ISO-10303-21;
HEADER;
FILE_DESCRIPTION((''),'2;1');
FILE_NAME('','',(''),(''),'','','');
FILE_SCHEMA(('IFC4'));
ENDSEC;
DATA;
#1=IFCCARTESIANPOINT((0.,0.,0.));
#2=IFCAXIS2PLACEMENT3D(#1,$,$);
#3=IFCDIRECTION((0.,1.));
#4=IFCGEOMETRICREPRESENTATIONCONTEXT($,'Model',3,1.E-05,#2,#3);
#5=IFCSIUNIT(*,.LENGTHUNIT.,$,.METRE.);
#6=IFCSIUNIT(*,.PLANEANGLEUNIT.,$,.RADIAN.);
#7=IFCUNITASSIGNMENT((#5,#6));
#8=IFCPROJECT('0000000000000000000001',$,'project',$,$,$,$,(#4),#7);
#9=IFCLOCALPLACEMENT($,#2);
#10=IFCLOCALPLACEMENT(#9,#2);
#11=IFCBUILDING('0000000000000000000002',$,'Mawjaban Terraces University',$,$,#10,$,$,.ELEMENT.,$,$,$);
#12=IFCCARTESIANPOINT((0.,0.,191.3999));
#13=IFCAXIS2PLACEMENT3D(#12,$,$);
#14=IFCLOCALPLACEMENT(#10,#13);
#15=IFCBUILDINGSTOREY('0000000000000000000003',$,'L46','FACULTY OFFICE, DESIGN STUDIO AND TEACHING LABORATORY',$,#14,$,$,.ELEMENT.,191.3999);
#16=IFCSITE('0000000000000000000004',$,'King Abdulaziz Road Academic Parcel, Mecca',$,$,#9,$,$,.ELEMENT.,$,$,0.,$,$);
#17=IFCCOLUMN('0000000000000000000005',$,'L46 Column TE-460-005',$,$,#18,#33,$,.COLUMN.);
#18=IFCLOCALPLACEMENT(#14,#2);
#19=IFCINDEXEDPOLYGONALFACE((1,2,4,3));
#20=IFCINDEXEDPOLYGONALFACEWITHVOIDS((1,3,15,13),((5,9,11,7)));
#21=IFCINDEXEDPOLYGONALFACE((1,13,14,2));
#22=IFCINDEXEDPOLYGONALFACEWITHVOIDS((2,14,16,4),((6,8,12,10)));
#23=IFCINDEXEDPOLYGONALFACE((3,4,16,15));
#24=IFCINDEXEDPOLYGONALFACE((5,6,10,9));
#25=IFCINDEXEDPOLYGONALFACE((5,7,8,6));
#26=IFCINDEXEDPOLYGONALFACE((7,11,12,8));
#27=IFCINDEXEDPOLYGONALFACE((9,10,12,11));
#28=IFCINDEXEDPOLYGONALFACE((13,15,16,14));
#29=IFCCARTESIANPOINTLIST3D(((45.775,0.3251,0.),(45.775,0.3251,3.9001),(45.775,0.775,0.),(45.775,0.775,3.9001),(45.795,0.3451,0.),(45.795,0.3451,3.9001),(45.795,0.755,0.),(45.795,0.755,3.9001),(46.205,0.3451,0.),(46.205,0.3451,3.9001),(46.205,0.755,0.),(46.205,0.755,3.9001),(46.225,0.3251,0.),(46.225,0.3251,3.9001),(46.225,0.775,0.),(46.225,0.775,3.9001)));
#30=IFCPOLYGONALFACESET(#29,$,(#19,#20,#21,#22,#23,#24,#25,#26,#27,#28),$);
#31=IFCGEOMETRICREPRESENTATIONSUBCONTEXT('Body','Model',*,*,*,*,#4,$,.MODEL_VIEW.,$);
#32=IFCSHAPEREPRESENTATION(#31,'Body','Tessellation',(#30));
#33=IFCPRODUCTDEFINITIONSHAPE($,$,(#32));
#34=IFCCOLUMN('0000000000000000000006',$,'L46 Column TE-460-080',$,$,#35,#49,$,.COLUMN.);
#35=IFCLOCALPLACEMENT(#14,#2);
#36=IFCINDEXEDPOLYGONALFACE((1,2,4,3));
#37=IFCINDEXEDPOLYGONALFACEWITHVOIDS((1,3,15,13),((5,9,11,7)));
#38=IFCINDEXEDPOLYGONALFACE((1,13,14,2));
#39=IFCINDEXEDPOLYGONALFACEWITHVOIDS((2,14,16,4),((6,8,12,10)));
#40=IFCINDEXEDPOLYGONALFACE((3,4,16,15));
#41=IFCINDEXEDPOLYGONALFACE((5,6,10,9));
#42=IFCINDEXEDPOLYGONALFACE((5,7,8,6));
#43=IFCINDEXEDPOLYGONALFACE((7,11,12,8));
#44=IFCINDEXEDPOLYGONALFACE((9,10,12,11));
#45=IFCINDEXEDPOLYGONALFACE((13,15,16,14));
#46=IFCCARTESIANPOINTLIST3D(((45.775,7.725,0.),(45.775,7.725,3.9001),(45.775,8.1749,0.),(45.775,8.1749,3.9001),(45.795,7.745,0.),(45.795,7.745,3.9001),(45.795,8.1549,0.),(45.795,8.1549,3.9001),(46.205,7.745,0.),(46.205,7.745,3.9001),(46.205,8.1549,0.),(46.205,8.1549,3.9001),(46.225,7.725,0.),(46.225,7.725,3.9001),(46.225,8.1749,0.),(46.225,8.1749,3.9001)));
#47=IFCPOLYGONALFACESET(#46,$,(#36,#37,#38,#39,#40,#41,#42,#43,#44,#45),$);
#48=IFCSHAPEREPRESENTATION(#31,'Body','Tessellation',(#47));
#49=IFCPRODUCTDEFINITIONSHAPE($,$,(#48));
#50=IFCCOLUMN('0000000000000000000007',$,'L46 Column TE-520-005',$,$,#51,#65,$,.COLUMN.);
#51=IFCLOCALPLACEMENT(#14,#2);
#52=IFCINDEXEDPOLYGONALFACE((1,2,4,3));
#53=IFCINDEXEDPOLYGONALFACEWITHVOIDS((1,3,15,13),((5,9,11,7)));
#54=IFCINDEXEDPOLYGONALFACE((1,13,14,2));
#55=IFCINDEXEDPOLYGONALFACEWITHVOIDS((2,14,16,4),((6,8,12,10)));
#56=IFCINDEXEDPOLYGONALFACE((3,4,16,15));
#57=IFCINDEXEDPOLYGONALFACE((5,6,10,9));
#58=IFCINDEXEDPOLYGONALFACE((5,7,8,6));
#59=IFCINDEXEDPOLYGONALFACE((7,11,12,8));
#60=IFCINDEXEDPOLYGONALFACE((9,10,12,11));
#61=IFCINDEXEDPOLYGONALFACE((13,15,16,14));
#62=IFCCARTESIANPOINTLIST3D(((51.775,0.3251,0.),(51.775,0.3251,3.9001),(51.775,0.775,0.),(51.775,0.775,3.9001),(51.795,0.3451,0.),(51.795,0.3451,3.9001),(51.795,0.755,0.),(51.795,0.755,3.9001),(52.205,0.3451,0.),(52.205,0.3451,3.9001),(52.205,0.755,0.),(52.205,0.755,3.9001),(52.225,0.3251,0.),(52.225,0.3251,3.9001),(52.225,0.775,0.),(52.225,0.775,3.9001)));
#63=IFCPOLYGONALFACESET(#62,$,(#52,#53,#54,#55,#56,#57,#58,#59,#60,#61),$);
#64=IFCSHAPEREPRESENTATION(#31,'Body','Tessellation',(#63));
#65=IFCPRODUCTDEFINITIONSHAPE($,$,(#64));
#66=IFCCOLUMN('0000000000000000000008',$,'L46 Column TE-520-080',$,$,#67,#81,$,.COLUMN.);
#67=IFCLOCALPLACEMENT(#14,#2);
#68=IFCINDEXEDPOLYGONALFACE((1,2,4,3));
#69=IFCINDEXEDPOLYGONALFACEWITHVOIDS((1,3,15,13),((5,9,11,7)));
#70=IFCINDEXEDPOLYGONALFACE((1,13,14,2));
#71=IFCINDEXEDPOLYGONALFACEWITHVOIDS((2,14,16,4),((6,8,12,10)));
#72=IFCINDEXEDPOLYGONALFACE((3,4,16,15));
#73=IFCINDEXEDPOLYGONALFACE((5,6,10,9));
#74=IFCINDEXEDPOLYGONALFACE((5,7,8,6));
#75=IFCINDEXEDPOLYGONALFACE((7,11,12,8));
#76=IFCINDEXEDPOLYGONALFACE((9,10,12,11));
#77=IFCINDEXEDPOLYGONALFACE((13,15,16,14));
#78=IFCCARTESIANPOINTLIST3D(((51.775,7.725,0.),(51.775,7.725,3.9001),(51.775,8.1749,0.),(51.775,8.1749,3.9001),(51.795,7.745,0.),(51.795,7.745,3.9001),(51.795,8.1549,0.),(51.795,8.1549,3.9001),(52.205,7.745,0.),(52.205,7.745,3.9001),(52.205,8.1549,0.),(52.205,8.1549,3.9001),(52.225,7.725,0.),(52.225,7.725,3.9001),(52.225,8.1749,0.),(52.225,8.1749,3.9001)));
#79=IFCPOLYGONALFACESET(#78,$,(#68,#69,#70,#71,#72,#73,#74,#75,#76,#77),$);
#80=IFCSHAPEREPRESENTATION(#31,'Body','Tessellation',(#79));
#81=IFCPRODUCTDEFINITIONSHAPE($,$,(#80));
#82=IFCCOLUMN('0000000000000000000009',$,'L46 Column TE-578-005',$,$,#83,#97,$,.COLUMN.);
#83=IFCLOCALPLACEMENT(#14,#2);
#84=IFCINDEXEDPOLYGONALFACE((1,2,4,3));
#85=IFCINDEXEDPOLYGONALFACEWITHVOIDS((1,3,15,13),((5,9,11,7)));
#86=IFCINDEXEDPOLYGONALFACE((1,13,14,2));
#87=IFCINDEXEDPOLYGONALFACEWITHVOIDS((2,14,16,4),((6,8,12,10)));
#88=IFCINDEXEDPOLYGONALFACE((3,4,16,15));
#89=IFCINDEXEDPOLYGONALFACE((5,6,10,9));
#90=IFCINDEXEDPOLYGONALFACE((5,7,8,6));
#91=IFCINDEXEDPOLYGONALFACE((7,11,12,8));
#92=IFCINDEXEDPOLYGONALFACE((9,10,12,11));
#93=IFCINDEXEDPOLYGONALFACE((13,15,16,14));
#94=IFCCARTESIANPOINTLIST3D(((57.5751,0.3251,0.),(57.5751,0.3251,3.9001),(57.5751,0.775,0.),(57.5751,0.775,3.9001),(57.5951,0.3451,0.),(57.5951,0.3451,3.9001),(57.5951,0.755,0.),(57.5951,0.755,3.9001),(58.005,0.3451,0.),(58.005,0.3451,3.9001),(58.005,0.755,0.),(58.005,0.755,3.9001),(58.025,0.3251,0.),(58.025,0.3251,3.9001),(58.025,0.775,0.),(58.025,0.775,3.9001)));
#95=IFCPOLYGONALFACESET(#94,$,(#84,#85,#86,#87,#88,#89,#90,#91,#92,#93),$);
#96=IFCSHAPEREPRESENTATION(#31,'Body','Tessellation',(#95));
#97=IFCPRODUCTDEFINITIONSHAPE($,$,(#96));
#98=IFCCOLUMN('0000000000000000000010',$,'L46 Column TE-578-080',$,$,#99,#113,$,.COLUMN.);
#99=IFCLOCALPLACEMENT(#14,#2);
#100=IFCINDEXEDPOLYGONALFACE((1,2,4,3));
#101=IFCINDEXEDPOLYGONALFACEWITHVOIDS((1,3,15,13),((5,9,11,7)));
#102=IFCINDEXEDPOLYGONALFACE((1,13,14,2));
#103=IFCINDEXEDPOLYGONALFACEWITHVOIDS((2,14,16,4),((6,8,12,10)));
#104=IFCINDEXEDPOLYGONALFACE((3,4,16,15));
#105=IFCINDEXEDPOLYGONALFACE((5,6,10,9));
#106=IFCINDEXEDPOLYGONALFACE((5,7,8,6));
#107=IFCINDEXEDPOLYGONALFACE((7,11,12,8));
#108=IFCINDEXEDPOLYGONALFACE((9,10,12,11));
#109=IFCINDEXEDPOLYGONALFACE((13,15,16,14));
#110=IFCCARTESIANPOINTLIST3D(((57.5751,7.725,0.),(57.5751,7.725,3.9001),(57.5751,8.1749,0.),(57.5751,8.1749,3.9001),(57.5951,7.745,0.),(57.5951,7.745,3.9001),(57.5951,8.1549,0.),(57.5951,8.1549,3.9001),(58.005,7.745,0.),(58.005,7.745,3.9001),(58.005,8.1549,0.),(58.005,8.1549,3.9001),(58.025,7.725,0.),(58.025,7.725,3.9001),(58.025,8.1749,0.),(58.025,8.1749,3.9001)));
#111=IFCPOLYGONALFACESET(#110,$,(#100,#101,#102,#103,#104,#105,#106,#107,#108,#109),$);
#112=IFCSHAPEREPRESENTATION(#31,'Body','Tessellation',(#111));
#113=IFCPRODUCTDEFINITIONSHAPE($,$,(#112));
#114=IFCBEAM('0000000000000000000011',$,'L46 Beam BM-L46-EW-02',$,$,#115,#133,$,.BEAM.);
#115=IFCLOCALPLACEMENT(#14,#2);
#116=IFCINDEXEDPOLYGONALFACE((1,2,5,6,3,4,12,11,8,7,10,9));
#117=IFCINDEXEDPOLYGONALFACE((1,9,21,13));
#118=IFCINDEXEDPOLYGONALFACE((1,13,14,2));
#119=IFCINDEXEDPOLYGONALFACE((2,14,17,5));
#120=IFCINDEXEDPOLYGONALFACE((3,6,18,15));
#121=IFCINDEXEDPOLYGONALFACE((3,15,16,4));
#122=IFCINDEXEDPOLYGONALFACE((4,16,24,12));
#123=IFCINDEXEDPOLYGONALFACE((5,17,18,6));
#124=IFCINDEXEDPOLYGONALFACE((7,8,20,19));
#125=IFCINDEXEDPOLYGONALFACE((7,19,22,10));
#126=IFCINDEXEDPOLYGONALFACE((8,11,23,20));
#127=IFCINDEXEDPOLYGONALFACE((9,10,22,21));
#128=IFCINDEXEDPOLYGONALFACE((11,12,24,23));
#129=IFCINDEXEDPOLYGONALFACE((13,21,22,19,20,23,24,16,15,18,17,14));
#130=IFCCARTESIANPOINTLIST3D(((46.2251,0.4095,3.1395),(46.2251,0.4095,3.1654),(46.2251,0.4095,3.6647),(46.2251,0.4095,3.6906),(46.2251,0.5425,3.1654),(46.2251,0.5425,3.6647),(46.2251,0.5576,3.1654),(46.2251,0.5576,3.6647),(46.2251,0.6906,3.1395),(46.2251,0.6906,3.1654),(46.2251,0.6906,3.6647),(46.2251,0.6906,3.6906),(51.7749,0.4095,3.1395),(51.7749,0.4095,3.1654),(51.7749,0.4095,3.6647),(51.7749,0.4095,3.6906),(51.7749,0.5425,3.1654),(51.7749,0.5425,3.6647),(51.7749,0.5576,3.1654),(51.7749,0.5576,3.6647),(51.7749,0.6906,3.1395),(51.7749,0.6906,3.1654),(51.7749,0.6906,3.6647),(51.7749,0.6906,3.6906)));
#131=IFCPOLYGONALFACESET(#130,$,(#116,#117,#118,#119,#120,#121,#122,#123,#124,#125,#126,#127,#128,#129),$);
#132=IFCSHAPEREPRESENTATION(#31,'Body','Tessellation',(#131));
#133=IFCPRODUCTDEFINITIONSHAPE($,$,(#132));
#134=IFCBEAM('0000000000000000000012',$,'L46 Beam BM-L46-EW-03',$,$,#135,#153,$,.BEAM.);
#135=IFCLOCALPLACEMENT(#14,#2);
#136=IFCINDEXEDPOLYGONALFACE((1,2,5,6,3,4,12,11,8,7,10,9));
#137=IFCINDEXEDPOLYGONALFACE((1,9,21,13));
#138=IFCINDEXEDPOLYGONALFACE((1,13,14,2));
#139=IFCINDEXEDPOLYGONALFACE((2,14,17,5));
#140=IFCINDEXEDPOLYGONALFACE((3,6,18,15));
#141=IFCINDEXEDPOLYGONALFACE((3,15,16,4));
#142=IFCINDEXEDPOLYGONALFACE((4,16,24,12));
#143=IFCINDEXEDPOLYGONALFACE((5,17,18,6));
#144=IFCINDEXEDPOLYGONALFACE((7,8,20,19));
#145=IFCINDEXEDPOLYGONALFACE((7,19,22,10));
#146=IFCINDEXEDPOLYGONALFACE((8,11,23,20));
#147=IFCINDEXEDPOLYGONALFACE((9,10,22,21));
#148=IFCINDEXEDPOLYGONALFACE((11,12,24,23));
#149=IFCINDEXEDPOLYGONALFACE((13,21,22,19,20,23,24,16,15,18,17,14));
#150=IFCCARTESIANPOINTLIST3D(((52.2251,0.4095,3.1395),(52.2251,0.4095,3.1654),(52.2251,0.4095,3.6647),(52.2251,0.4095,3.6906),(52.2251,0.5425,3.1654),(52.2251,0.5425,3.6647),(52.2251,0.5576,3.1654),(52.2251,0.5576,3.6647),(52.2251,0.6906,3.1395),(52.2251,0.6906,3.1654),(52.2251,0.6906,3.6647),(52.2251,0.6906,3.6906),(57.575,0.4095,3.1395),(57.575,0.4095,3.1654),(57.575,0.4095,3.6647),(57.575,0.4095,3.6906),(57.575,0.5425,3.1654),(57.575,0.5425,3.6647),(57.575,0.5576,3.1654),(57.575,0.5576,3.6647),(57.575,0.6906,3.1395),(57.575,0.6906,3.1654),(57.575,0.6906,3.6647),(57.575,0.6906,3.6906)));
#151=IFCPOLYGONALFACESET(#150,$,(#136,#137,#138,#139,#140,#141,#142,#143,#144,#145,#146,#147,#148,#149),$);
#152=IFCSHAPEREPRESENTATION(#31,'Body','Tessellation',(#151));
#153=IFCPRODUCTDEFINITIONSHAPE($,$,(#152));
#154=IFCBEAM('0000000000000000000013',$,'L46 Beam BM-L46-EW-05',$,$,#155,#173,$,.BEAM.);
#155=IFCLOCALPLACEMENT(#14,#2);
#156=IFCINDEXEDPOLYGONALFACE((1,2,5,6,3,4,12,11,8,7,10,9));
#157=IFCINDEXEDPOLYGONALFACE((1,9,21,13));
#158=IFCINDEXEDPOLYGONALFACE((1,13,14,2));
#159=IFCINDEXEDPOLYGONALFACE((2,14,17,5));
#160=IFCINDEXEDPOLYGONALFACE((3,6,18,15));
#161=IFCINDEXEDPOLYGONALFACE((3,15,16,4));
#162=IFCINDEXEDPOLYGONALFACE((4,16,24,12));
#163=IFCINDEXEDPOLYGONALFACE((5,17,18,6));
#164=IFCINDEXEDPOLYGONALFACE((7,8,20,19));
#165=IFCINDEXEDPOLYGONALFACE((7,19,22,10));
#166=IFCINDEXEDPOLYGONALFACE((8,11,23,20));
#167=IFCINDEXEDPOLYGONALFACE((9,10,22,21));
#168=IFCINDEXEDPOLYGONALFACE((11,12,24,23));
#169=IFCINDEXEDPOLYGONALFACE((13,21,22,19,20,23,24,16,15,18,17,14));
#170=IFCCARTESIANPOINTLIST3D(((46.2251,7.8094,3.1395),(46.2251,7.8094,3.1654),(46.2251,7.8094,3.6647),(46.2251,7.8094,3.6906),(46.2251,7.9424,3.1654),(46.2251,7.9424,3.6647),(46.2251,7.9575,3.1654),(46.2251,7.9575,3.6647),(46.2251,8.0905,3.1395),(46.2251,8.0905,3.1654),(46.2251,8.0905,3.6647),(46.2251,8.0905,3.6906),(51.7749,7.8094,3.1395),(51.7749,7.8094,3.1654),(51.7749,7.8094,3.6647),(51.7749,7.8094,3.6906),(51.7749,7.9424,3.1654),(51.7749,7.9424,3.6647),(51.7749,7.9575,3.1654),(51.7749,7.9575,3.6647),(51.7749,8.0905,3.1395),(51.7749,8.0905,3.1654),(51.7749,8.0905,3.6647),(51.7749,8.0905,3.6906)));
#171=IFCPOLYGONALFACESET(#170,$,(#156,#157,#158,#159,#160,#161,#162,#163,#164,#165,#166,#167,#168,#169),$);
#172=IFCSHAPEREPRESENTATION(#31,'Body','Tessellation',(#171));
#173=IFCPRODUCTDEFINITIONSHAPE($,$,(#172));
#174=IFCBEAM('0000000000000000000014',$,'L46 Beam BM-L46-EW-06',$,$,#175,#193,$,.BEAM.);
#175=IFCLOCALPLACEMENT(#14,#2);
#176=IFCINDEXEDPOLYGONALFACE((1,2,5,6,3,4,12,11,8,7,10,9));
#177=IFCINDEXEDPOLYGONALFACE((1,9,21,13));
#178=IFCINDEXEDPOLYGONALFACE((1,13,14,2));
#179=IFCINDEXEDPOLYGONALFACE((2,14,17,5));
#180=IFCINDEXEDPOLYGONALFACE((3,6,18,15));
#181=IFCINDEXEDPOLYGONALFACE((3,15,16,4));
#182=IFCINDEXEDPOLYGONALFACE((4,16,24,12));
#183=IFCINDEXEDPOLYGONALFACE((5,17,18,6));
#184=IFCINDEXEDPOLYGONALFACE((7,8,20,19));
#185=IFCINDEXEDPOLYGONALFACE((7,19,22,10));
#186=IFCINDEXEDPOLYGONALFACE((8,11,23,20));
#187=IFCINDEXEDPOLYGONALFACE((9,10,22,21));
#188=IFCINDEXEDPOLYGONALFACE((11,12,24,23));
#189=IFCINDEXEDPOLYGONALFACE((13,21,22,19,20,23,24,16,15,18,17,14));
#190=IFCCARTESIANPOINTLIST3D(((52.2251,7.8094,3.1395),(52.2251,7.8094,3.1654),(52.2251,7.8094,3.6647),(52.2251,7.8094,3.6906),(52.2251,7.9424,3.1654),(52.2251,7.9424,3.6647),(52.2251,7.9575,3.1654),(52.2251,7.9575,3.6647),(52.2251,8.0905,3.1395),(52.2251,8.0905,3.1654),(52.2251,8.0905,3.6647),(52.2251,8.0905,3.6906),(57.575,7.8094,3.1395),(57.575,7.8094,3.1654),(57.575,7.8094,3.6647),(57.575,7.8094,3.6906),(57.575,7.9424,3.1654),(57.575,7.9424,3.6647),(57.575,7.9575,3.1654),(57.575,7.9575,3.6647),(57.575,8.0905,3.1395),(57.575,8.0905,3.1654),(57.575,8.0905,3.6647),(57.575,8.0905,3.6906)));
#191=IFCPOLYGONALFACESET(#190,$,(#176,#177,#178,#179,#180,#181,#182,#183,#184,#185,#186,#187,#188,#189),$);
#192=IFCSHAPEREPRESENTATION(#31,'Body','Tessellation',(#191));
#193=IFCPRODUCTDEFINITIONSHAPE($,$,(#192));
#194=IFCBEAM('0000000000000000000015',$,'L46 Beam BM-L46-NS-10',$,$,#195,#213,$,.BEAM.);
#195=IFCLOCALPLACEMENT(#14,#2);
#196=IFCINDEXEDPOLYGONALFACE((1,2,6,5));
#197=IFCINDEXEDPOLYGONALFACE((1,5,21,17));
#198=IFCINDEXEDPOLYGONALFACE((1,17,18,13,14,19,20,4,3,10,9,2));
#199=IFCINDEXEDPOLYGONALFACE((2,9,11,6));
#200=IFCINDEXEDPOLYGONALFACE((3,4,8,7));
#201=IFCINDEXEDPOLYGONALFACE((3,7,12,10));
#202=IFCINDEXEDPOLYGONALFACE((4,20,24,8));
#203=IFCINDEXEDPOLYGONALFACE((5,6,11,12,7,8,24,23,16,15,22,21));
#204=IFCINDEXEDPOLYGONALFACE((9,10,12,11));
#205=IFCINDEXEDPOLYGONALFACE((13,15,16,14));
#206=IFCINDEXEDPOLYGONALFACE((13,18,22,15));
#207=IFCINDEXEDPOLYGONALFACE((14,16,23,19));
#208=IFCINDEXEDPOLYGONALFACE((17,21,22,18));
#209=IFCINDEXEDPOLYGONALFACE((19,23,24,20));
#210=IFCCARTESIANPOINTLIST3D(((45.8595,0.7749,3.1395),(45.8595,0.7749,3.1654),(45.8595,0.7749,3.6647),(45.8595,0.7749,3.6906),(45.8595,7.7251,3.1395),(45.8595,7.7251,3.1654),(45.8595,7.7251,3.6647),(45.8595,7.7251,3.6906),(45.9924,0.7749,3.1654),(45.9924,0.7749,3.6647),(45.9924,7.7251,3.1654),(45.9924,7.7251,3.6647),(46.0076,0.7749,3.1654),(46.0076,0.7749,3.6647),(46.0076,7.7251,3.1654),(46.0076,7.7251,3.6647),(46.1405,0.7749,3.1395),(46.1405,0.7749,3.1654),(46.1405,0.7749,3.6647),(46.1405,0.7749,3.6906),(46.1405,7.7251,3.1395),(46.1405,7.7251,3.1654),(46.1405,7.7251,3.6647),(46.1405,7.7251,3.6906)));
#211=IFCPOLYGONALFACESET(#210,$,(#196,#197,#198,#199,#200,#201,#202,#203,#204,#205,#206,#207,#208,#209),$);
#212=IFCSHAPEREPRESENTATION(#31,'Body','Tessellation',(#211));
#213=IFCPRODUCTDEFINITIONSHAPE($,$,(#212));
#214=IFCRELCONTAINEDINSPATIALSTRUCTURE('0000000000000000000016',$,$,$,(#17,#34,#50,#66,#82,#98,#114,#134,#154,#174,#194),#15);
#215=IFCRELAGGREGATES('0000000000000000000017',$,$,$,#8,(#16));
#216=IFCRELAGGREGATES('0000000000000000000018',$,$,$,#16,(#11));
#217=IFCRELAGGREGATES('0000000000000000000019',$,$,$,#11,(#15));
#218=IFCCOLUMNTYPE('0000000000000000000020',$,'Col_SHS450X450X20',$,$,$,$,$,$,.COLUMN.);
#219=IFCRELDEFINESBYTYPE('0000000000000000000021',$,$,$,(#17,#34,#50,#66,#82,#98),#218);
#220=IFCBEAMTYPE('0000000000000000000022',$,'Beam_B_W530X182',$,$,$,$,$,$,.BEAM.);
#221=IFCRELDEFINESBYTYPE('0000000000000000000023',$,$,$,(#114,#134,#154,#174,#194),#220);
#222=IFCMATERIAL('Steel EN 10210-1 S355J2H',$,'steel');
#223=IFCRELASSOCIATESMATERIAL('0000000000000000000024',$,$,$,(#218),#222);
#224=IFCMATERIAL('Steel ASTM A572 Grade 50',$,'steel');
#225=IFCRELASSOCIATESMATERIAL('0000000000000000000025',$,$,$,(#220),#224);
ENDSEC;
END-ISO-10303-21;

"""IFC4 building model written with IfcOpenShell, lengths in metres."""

from ifc_helpers import new_model, si_unit, direction, frame, origin, origin_2d, place, context, subcontext, project, spatial, hollow_rectangle, i_section, extrude, material, material_profile, profile_set, type_object, element, save


model = new_model("IFC4")

# Units and contexts
model_context = context("Model", 3, precision=1e-05, world=origin(), true_north=direction((0.0, 1.0)))
body_context = subcontext(model_context, "Body", "Model", "MODEL_VIEW")
ifc_project = project(units=[si_unit("LENGTHUNIT", "METRE"), si_unit("PLANEANGLEUNIT", "RADIAN")], contexts=[model_context])

# Site, building, storey
site_placement = place(None, origin())
site = spatial("IfcSite", under=ifc_project, at=site_placement, Name="King Abdulaziz Road Academic Parcel, Mecca", CompositionType="ELEMENT", RefElevation=0.0)
building_placement = place(site_placement, origin())
building = spatial("IfcBuilding", under=site, at=building_placement, Name="Mawjaban Terraces University", CompositionType="ELEMENT")
storey_placement = place(building_placement, frame((0.0, 0.0, 191.3999)))
storey = spatial("IfcBuildingStorey", under=building, at=storey_placement, Name="L46", Description="FACULTY OFFICE, DESIGN STUDIO AND TEACHING LABORATORY", CompositionType="ELEMENT", Elevation=191.3999)

# Columns
ifc_material_1 = material(Name="Steel EN 10210-1 S355J2H", Category="steel")
ifc_material_profile_1 = material_profile(ifc_material_1, hollow_rectangle(XDim=0.45, YDim=0.45, WallThickness=0.02, at=origin_2d()), Name="SHS450X450X20")
ifc_profile_set_1 = profile_set([ifc_material_profile_1], Name="Steel EN 10210-1 S355J2H")
column_type = type_object("IfcColumnType", Name="Col_SHS450X450X20", PredefinedType="COLUMN", material=ifc_profile_set_1)
for number, where, z_axis, x_axis, name in (
    (1, (46.0, 0.55, 0.0), (0.0, 0.0, 1.0), (1.0, 0.0, 0.0), "L46 Column TE-460-005"),
    (2, (46.0, 7.95, 0.0), (0.0, 0.0, 1.0), (1.0, 0.0, 0.0), "L46 Column TE-460-080"),
    (3, (52.0, 0.55, 0.0), (0.0, 0.0, 1.0), (1.0, 0.0, 0.0), "L46 Column TE-520-005"),
    (4, (52.0, 7.95, 0.0), (0.0, 0.0, 1.0), (1.0, 0.0, 0.0), "L46 Column TE-520-080"),
    (5, (57.8, 0.55, 0.0), (0.0, 0.0, 1.0), (1.0, 0.0, 0.0), "L46 Column TE-578-005"),
    (6, (57.8, 7.95, 0.0), (0.0, 0.0, 1.0), (1.0, 0.0, 0.0), "L46 Column TE-578-080"),
):
    element("IfcColumn", number, at=place(storey_placement, frame(where, z_axis=z_axis, x_axis=x_axis)), inside=storey, type_object=column_type, Name=name, PredefinedType="COLUMN", context=body_context, shape_type="SweptSolid", body=[
        extrude(hollow_rectangle(XDim=0.45, YDim=0.45, WallThickness=0.02, at=origin_2d()), origin(), (0.0, 0.0, 1.0), 3.9001),
    ])

# Beams
ifc_material_2 = material(Name="Steel ASTM A572 Grade 50", Category="steel")
ifc_material_profile_2 = material_profile(ifc_material_2, i_section(OverallWidth=0.281, OverallDepth=0.551, WebThickness=0.0151, FlangeThickness=0.0259, at=origin_2d()), Name="W530X182")
ifc_profile_set_2 = profile_set([ifc_material_profile_2], Name="Steel ASTM A572 Grade 50")
beam_type_1 = type_object("IfcBeamType", Name="Beam_B_W530X182", PredefinedType="BEAM", material=ifc_profile_set_2)
beam_1_placement = place(storey_placement, frame((46.2251, 0.55, 3.415), z_axis=(1.0, 0.0, 0.0), x_axis=(0.0, 1.0, 0.0)))
element("IfcBeam", 7, at=beam_1_placement, inside=storey, type_object=beam_type_1, Name="L46 Beam BM-L46-EW-02", PredefinedType="BEAM", context=body_context, shape_type="SweptSolid", body=[
    extrude(i_section(OverallWidth=0.281, OverallDepth=0.551, WebThickness=0.0151, FlangeThickness=0.0259, at=origin_2d()), origin(), (0.0, 0.0, 1.0), 5.5498),
])
beam_2_placement = place(storey_placement, frame((52.2251, 0.55, 3.415), z_axis=(1.0, 0.0, 0.0), x_axis=(0.0, 1.0, 0.0)))
element("IfcBeam", 8, at=beam_2_placement, inside=storey, type_object=beam_type_1, Name="L46 Beam BM-L46-EW-03", PredefinedType="BEAM", context=body_context, shape_type="SweptSolid", body=[
    extrude(i_section(OverallWidth=0.281, OverallDepth=0.551, WebThickness=0.0151, FlangeThickness=0.0259, at=origin_2d()), origin(), (0.0, 0.0, 1.0), 5.3499),
])
beam_3_placement = place(storey_placement, frame((46.2251, 7.95, 3.415), z_axis=(1.0, 0.0, 0.0), x_axis=(0.0, 1.0, 0.0)))
element("IfcBeam", 9, at=beam_3_placement, inside=storey, type_object=beam_type_1, Name="L46 Beam BM-L46-EW-05", PredefinedType="BEAM", context=body_context, shape_type="SweptSolid", body=[
    extrude(i_section(OverallWidth=0.281, OverallDepth=0.551, WebThickness=0.0151, FlangeThickness=0.0259, at=origin_2d()), origin(), (0.0, 0.0, 1.0), 5.5498),
])
beam_4_placement = place(storey_placement, frame((52.2251, 7.95, 3.415), z_axis=(1.0, 0.0, 0.0), x_axis=(0.0, 1.0, 0.0)))
element("IfcBeam", 10, at=beam_4_placement, inside=storey, type_object=beam_type_1, Name="L46 Beam BM-L46-EW-06", PredefinedType="BEAM", context=body_context, shape_type="SweptSolid", body=[
    extrude(i_section(OverallWidth=0.281, OverallDepth=0.551, WebThickness=0.0151, FlangeThickness=0.0259, at=origin_2d()), origin(), (0.0, 0.0, 1.0), 5.3499),
])
beam_5_placement = place(storey_placement, frame((46.0, 0.7749, 3.415), z_axis=(0.0, 1.0, 0.0), x_axis=(-1.0, 0.0, 0.0)))
element("IfcBeam", 11, at=beam_5_placement, inside=storey, type_object=beam_type_1, Name="L46 Beam BM-L46-NS-10", PredefinedType="BEAM", context=body_context, shape_type="SweptSolid", body=[
    extrude(i_section(OverallWidth=0.281, OverallDepth=0.551, WebThickness=0.0151, FlangeThickness=0.0259, at=origin_2d()), origin(), (0.0, 0.0, 1.0), 6.9502),
])

save(model, "model.ifc")
